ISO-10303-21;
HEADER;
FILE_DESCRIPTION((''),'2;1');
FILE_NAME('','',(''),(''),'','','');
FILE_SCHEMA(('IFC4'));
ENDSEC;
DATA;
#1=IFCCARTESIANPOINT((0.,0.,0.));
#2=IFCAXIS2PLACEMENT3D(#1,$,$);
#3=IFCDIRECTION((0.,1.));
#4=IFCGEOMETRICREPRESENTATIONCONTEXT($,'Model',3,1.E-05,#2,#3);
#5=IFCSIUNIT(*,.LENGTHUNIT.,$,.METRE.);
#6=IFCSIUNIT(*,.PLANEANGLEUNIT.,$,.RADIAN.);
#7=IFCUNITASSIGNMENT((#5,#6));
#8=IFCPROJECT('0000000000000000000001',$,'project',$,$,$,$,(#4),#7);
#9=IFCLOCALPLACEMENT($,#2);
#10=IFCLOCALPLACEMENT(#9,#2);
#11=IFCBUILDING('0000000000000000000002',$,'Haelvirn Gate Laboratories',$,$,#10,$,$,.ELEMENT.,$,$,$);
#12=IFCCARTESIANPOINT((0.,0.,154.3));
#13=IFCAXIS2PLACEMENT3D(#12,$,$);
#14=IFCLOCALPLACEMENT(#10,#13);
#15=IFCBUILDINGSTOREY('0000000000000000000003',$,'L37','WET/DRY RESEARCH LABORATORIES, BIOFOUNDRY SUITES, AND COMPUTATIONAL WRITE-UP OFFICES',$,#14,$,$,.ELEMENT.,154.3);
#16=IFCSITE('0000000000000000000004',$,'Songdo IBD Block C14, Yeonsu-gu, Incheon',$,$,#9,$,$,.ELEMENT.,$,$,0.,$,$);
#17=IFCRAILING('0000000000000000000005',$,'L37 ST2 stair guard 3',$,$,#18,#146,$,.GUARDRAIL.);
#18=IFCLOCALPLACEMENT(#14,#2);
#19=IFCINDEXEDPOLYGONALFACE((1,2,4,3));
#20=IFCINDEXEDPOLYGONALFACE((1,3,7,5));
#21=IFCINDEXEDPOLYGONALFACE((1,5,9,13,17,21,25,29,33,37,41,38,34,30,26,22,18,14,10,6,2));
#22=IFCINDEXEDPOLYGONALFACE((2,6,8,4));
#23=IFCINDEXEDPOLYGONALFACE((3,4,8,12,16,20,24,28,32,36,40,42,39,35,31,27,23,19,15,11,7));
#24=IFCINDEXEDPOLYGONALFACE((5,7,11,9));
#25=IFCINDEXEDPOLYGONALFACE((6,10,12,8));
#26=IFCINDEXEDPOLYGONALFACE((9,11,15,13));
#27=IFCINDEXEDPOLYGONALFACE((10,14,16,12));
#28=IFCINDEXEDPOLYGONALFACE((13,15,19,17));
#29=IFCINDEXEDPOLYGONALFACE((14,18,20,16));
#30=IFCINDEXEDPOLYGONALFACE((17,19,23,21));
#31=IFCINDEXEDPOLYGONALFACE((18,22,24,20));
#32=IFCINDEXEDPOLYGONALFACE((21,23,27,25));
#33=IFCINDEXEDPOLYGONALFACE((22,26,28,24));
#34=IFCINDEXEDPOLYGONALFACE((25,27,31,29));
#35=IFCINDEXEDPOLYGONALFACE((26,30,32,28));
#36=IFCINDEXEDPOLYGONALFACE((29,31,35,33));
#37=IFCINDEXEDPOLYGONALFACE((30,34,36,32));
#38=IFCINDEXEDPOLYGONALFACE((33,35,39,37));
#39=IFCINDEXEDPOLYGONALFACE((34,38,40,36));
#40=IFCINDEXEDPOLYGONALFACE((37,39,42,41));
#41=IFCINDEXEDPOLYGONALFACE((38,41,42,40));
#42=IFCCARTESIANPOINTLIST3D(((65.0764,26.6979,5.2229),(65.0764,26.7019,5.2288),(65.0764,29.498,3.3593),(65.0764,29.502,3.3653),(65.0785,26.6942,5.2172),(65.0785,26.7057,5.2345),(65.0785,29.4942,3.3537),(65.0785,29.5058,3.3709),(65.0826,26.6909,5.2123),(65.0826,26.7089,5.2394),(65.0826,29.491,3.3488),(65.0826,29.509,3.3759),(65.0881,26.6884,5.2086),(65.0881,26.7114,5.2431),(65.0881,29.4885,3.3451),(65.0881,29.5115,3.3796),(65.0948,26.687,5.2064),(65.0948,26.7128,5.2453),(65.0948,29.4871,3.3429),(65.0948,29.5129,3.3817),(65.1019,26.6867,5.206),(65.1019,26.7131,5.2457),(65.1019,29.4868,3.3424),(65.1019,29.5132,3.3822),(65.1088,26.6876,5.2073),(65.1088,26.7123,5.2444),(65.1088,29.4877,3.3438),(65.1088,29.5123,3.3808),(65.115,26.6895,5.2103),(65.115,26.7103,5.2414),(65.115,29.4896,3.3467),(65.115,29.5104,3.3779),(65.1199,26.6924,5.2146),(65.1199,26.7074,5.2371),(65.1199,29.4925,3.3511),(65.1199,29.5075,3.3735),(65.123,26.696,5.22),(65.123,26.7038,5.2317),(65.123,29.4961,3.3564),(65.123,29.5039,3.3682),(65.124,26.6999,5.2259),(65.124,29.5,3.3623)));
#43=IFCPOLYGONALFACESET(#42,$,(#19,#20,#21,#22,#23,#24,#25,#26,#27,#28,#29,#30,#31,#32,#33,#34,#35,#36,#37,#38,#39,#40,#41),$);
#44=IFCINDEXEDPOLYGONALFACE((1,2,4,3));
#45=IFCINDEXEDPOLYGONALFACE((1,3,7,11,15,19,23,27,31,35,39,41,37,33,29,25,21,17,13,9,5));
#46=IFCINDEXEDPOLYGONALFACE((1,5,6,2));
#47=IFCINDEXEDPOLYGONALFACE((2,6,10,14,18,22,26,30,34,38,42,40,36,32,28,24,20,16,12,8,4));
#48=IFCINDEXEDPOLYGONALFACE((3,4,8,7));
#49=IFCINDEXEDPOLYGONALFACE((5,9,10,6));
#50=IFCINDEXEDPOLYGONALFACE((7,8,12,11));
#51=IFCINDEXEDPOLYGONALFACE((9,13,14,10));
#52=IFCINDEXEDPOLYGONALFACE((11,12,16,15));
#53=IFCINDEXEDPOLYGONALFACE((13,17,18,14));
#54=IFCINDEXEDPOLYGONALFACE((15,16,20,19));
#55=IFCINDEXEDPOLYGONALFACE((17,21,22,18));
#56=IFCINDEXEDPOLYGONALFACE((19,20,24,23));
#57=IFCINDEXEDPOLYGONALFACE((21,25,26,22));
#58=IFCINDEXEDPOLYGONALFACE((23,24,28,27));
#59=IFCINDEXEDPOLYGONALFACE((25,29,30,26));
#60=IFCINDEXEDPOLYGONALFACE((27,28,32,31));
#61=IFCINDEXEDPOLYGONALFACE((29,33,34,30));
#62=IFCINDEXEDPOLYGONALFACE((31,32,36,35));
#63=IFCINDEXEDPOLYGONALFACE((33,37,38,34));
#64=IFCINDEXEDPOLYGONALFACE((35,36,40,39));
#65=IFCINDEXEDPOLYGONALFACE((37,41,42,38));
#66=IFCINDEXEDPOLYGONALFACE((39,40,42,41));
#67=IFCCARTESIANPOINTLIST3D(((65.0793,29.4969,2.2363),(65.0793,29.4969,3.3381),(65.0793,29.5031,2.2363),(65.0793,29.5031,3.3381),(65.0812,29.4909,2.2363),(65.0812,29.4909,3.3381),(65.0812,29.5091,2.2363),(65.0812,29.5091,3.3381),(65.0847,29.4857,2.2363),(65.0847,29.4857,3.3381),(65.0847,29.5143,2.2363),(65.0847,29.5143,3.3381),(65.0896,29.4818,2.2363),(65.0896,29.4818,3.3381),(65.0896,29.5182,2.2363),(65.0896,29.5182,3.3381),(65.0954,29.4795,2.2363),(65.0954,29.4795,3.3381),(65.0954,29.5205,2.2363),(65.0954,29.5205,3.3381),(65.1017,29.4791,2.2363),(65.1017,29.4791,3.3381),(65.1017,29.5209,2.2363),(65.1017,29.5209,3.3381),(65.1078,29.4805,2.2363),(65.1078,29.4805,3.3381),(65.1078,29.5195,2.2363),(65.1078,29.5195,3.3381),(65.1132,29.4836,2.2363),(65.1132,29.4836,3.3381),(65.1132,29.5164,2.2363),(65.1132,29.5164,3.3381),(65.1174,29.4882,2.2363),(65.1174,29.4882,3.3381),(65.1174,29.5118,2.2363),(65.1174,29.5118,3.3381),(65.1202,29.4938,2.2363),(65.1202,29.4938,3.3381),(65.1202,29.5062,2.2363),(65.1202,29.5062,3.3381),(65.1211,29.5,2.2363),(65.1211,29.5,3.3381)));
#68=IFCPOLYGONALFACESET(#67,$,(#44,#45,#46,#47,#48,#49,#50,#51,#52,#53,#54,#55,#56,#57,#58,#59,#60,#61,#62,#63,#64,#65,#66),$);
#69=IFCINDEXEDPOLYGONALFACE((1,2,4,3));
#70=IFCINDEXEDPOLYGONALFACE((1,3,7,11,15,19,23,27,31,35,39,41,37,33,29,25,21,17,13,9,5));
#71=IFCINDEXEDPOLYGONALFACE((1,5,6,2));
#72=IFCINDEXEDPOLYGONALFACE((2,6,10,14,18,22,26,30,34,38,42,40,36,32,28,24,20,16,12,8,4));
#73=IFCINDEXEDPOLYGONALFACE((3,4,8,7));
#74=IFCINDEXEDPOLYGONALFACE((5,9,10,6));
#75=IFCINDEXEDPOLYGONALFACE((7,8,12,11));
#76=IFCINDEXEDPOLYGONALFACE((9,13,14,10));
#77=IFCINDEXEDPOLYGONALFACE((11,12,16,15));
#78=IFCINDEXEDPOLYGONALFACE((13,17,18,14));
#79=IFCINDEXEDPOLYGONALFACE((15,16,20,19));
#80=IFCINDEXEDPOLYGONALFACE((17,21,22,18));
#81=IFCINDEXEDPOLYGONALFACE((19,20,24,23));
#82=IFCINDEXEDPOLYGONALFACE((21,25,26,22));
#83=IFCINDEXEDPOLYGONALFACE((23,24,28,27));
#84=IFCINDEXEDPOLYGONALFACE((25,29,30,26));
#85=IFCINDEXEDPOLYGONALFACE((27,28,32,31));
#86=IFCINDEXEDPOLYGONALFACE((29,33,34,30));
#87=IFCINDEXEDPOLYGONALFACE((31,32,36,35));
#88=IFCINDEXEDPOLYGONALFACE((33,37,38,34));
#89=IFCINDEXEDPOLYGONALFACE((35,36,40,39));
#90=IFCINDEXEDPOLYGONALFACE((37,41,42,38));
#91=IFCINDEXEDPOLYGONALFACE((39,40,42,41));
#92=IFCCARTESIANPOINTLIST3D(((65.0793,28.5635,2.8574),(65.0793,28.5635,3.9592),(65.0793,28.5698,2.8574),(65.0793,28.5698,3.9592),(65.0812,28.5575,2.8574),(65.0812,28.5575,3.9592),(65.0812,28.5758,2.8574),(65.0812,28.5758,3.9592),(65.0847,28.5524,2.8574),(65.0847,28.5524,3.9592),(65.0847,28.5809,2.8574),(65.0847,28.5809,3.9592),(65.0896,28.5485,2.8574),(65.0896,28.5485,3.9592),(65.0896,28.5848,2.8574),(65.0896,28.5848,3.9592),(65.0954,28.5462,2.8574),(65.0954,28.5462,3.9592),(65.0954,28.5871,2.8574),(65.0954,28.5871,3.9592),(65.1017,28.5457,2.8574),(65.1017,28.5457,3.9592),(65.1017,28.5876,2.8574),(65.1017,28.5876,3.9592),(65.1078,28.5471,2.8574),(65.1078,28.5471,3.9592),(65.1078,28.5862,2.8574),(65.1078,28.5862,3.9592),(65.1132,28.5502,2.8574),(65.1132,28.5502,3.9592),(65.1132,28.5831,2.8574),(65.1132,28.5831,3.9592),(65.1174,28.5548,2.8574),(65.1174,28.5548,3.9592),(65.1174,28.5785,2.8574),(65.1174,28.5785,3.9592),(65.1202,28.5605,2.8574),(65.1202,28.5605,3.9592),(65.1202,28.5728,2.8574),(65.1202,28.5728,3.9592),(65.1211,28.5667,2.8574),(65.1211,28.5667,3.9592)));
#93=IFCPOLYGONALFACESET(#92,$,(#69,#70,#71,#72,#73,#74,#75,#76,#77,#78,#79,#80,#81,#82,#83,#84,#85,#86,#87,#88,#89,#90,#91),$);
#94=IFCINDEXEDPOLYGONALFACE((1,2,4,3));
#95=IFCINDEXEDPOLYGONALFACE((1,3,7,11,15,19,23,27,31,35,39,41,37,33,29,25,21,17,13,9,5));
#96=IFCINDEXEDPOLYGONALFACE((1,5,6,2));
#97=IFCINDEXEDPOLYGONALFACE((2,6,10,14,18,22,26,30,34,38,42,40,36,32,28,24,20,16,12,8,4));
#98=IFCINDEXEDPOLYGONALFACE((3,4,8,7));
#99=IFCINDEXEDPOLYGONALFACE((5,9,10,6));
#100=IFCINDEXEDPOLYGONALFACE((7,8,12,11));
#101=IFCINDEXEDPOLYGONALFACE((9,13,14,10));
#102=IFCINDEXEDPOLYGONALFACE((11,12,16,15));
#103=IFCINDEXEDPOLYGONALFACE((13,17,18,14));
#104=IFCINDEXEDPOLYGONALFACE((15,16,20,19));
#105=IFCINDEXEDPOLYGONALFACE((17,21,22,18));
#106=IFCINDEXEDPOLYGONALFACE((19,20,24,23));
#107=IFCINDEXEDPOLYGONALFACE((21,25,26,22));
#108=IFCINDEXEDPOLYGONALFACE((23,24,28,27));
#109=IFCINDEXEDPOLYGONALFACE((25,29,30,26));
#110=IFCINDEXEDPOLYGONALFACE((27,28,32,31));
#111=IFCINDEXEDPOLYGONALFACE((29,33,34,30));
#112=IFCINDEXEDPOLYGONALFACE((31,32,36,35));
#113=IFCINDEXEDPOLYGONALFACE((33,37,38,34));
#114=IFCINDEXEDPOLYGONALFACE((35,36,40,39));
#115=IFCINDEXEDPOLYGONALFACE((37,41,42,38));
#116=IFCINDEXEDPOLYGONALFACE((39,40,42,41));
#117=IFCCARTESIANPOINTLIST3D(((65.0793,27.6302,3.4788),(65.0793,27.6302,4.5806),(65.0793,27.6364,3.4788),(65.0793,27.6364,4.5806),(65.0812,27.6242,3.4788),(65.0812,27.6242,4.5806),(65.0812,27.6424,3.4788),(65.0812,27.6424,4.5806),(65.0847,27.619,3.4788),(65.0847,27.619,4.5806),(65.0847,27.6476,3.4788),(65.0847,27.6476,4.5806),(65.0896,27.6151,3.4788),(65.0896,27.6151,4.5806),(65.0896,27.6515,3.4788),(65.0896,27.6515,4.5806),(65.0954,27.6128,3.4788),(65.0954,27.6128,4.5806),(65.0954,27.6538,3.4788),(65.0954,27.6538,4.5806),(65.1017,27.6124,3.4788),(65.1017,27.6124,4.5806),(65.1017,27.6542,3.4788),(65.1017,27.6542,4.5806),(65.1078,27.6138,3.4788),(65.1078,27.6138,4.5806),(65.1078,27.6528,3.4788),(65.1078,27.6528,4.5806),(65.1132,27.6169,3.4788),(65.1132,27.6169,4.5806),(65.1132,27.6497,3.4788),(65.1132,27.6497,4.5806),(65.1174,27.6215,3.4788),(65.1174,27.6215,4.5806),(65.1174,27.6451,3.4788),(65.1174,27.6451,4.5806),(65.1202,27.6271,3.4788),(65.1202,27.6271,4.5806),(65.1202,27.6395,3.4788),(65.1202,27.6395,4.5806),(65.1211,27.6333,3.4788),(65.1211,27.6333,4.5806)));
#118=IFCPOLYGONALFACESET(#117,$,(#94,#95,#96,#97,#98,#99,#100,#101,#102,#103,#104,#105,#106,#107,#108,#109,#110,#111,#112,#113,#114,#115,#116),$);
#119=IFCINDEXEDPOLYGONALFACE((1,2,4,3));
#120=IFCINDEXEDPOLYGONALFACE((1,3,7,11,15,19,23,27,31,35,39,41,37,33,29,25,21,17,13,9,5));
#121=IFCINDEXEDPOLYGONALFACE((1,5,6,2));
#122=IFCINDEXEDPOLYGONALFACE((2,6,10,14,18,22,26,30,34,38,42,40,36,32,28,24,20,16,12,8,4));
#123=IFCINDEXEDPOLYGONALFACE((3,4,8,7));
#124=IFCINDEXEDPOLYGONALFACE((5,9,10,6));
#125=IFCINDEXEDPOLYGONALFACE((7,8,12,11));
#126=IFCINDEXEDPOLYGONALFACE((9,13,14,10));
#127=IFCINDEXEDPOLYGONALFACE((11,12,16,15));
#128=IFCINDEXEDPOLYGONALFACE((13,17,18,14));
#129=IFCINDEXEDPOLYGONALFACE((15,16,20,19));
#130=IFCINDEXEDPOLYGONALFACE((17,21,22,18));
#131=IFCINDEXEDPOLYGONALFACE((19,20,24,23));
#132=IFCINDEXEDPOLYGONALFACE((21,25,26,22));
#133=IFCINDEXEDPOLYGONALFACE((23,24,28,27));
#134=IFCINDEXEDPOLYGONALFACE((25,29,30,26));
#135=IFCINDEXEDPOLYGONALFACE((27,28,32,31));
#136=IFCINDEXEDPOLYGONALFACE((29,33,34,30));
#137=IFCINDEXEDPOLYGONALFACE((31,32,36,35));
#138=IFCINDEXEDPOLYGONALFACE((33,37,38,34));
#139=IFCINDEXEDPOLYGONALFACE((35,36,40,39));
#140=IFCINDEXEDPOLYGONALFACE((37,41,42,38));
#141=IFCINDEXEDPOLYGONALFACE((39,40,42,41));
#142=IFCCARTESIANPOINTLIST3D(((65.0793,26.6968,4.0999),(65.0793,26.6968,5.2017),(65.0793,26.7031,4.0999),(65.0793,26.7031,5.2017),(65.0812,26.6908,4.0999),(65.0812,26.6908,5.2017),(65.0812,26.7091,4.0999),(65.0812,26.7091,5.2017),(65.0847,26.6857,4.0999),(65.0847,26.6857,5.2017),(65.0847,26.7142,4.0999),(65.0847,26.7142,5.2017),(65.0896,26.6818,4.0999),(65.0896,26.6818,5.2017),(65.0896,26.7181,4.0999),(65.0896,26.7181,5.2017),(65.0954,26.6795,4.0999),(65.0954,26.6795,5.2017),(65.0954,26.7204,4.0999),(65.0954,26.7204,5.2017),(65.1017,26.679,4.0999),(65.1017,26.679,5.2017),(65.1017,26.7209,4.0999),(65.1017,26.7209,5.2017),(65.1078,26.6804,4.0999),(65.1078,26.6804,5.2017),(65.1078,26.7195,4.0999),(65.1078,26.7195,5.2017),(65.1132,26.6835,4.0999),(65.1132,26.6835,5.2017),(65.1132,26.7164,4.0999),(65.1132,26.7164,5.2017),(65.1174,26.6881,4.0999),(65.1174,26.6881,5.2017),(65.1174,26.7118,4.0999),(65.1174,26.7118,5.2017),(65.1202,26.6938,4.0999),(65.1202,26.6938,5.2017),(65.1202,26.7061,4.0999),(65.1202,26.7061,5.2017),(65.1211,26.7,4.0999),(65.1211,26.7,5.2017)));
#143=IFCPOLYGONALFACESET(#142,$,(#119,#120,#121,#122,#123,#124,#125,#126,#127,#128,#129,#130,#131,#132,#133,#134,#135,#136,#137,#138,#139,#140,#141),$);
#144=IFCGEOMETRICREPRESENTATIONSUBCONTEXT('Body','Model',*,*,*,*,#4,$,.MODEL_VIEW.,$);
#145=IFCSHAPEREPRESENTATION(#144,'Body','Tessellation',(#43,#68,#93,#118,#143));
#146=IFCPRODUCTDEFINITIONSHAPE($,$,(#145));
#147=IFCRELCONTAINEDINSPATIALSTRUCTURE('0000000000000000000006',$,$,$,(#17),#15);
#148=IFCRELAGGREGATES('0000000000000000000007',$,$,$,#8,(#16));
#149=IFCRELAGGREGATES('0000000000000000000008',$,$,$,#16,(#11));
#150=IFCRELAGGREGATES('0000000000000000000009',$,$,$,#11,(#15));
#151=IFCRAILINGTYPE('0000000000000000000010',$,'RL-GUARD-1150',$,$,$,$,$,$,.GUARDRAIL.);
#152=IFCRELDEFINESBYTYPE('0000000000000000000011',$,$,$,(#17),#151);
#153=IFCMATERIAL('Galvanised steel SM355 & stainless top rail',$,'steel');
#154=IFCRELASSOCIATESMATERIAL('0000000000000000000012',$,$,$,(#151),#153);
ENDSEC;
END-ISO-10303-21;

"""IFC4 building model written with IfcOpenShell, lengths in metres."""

from ifc_helpers import new_model, si_unit, direction, frame, origin, origin_2d, place, context, subcontext, project, spatial, circle, extrude, source, transform, mapped, material, type_object, element, save


model = new_model("IFC4")

# Units and contexts
model_context = context("Model", 3, precision=1e-05, world=origin(), true_north=direction((0.0, 1.0)))
body_context = subcontext(model_context, "Body", "Model", "MODEL_VIEW")
ifc_project = project(units=[si_unit("LENGTHUNIT", "METRE"), si_unit("PLANEANGLEUNIT", "RADIAN")], contexts=[model_context])

# Site, building, storey
site_placement = place(None, origin())
site = spatial("IfcSite", under=ifc_project, at=site_placement, Name="Songdo IBD Block C14, Yeonsu-gu, Incheon", CompositionType="ELEMENT", RefElevation=0.0)
building_placement = place(site_placement, origin())
building = spatial("IfcBuilding", under=site, at=building_placement, Name="Haelvirn Gate Laboratories", CompositionType="ELEMENT")
storey_placement = place(building_placement, frame((0.0, 0.0, 154.3)))
storey = spatial("IfcBuildingStorey", under=building, at=storey_placement, Name="L37", Description="WET/DRY RESEARCH LABORATORIES, BIOFOUNDRY SUITES, AND COMPUTATIONAL WRITE-UP OFFICES", CompositionType="ELEMENT", Elevation=154.3)

# Railing
ifc_material_1 = material(Name="Galvanised steel SM355 & stainless top rail", Category="steel")
railing_type_1 = type_object("IfcRailingType", Name="RL-GUARD-1150", PredefinedType="GUARDRAIL", material=ifc_material_1)
shared_shape_1 = source(origin(), body_context, "Body", "SweptSolid", [
    extrude(circle(Radius=0.0239, at=origin_2d()), frame((0.0, 0.0, 1.126), z_axis=(0.0, -0.832486, 0.554047), x_axis=(1.0, 0.0, 0.0)), (0.0, 0.0, 1.0), 3.3635),
    extrude(circle(Radius=0.021, at=origin_2d()), origin(), (0.0, 0.0, 1.0), 1.1018),
    extrude(circle(Radius=0.021, at=origin_2d()), frame((0.0, -0.9333, 0.6211)), (0.0, 0.0, 1.0), 1.1018),
    extrude(circle(Radius=0.021, at=origin_2d()), frame((0.0, -1.8667, 1.2424)), (0.0, 0.0, 1.0), 1.1018),
    extrude(circle(Radius=0.021, at=origin_2d()), frame((0.0, -2.8, 1.8635)), (0.0, 0.0, 1.0), 1.1018),
])
railing_1_placement = place(storey_placement, frame((65.1001, 29.5, 2.2363)))
element("IfcRailing", 1, at=railing_1_placement, inside=storey, type_object=railing_type_1, Name="L37 ST2 stair guard 3", PredefinedType="GUARDRAIL", context=body_context, shape_type="MappedRepresentation", body=[
    mapped(shared_shape_1, transform((0.0, 0.0, 0.0), scale=1.0)),
])

save(model, "model.ifc")
